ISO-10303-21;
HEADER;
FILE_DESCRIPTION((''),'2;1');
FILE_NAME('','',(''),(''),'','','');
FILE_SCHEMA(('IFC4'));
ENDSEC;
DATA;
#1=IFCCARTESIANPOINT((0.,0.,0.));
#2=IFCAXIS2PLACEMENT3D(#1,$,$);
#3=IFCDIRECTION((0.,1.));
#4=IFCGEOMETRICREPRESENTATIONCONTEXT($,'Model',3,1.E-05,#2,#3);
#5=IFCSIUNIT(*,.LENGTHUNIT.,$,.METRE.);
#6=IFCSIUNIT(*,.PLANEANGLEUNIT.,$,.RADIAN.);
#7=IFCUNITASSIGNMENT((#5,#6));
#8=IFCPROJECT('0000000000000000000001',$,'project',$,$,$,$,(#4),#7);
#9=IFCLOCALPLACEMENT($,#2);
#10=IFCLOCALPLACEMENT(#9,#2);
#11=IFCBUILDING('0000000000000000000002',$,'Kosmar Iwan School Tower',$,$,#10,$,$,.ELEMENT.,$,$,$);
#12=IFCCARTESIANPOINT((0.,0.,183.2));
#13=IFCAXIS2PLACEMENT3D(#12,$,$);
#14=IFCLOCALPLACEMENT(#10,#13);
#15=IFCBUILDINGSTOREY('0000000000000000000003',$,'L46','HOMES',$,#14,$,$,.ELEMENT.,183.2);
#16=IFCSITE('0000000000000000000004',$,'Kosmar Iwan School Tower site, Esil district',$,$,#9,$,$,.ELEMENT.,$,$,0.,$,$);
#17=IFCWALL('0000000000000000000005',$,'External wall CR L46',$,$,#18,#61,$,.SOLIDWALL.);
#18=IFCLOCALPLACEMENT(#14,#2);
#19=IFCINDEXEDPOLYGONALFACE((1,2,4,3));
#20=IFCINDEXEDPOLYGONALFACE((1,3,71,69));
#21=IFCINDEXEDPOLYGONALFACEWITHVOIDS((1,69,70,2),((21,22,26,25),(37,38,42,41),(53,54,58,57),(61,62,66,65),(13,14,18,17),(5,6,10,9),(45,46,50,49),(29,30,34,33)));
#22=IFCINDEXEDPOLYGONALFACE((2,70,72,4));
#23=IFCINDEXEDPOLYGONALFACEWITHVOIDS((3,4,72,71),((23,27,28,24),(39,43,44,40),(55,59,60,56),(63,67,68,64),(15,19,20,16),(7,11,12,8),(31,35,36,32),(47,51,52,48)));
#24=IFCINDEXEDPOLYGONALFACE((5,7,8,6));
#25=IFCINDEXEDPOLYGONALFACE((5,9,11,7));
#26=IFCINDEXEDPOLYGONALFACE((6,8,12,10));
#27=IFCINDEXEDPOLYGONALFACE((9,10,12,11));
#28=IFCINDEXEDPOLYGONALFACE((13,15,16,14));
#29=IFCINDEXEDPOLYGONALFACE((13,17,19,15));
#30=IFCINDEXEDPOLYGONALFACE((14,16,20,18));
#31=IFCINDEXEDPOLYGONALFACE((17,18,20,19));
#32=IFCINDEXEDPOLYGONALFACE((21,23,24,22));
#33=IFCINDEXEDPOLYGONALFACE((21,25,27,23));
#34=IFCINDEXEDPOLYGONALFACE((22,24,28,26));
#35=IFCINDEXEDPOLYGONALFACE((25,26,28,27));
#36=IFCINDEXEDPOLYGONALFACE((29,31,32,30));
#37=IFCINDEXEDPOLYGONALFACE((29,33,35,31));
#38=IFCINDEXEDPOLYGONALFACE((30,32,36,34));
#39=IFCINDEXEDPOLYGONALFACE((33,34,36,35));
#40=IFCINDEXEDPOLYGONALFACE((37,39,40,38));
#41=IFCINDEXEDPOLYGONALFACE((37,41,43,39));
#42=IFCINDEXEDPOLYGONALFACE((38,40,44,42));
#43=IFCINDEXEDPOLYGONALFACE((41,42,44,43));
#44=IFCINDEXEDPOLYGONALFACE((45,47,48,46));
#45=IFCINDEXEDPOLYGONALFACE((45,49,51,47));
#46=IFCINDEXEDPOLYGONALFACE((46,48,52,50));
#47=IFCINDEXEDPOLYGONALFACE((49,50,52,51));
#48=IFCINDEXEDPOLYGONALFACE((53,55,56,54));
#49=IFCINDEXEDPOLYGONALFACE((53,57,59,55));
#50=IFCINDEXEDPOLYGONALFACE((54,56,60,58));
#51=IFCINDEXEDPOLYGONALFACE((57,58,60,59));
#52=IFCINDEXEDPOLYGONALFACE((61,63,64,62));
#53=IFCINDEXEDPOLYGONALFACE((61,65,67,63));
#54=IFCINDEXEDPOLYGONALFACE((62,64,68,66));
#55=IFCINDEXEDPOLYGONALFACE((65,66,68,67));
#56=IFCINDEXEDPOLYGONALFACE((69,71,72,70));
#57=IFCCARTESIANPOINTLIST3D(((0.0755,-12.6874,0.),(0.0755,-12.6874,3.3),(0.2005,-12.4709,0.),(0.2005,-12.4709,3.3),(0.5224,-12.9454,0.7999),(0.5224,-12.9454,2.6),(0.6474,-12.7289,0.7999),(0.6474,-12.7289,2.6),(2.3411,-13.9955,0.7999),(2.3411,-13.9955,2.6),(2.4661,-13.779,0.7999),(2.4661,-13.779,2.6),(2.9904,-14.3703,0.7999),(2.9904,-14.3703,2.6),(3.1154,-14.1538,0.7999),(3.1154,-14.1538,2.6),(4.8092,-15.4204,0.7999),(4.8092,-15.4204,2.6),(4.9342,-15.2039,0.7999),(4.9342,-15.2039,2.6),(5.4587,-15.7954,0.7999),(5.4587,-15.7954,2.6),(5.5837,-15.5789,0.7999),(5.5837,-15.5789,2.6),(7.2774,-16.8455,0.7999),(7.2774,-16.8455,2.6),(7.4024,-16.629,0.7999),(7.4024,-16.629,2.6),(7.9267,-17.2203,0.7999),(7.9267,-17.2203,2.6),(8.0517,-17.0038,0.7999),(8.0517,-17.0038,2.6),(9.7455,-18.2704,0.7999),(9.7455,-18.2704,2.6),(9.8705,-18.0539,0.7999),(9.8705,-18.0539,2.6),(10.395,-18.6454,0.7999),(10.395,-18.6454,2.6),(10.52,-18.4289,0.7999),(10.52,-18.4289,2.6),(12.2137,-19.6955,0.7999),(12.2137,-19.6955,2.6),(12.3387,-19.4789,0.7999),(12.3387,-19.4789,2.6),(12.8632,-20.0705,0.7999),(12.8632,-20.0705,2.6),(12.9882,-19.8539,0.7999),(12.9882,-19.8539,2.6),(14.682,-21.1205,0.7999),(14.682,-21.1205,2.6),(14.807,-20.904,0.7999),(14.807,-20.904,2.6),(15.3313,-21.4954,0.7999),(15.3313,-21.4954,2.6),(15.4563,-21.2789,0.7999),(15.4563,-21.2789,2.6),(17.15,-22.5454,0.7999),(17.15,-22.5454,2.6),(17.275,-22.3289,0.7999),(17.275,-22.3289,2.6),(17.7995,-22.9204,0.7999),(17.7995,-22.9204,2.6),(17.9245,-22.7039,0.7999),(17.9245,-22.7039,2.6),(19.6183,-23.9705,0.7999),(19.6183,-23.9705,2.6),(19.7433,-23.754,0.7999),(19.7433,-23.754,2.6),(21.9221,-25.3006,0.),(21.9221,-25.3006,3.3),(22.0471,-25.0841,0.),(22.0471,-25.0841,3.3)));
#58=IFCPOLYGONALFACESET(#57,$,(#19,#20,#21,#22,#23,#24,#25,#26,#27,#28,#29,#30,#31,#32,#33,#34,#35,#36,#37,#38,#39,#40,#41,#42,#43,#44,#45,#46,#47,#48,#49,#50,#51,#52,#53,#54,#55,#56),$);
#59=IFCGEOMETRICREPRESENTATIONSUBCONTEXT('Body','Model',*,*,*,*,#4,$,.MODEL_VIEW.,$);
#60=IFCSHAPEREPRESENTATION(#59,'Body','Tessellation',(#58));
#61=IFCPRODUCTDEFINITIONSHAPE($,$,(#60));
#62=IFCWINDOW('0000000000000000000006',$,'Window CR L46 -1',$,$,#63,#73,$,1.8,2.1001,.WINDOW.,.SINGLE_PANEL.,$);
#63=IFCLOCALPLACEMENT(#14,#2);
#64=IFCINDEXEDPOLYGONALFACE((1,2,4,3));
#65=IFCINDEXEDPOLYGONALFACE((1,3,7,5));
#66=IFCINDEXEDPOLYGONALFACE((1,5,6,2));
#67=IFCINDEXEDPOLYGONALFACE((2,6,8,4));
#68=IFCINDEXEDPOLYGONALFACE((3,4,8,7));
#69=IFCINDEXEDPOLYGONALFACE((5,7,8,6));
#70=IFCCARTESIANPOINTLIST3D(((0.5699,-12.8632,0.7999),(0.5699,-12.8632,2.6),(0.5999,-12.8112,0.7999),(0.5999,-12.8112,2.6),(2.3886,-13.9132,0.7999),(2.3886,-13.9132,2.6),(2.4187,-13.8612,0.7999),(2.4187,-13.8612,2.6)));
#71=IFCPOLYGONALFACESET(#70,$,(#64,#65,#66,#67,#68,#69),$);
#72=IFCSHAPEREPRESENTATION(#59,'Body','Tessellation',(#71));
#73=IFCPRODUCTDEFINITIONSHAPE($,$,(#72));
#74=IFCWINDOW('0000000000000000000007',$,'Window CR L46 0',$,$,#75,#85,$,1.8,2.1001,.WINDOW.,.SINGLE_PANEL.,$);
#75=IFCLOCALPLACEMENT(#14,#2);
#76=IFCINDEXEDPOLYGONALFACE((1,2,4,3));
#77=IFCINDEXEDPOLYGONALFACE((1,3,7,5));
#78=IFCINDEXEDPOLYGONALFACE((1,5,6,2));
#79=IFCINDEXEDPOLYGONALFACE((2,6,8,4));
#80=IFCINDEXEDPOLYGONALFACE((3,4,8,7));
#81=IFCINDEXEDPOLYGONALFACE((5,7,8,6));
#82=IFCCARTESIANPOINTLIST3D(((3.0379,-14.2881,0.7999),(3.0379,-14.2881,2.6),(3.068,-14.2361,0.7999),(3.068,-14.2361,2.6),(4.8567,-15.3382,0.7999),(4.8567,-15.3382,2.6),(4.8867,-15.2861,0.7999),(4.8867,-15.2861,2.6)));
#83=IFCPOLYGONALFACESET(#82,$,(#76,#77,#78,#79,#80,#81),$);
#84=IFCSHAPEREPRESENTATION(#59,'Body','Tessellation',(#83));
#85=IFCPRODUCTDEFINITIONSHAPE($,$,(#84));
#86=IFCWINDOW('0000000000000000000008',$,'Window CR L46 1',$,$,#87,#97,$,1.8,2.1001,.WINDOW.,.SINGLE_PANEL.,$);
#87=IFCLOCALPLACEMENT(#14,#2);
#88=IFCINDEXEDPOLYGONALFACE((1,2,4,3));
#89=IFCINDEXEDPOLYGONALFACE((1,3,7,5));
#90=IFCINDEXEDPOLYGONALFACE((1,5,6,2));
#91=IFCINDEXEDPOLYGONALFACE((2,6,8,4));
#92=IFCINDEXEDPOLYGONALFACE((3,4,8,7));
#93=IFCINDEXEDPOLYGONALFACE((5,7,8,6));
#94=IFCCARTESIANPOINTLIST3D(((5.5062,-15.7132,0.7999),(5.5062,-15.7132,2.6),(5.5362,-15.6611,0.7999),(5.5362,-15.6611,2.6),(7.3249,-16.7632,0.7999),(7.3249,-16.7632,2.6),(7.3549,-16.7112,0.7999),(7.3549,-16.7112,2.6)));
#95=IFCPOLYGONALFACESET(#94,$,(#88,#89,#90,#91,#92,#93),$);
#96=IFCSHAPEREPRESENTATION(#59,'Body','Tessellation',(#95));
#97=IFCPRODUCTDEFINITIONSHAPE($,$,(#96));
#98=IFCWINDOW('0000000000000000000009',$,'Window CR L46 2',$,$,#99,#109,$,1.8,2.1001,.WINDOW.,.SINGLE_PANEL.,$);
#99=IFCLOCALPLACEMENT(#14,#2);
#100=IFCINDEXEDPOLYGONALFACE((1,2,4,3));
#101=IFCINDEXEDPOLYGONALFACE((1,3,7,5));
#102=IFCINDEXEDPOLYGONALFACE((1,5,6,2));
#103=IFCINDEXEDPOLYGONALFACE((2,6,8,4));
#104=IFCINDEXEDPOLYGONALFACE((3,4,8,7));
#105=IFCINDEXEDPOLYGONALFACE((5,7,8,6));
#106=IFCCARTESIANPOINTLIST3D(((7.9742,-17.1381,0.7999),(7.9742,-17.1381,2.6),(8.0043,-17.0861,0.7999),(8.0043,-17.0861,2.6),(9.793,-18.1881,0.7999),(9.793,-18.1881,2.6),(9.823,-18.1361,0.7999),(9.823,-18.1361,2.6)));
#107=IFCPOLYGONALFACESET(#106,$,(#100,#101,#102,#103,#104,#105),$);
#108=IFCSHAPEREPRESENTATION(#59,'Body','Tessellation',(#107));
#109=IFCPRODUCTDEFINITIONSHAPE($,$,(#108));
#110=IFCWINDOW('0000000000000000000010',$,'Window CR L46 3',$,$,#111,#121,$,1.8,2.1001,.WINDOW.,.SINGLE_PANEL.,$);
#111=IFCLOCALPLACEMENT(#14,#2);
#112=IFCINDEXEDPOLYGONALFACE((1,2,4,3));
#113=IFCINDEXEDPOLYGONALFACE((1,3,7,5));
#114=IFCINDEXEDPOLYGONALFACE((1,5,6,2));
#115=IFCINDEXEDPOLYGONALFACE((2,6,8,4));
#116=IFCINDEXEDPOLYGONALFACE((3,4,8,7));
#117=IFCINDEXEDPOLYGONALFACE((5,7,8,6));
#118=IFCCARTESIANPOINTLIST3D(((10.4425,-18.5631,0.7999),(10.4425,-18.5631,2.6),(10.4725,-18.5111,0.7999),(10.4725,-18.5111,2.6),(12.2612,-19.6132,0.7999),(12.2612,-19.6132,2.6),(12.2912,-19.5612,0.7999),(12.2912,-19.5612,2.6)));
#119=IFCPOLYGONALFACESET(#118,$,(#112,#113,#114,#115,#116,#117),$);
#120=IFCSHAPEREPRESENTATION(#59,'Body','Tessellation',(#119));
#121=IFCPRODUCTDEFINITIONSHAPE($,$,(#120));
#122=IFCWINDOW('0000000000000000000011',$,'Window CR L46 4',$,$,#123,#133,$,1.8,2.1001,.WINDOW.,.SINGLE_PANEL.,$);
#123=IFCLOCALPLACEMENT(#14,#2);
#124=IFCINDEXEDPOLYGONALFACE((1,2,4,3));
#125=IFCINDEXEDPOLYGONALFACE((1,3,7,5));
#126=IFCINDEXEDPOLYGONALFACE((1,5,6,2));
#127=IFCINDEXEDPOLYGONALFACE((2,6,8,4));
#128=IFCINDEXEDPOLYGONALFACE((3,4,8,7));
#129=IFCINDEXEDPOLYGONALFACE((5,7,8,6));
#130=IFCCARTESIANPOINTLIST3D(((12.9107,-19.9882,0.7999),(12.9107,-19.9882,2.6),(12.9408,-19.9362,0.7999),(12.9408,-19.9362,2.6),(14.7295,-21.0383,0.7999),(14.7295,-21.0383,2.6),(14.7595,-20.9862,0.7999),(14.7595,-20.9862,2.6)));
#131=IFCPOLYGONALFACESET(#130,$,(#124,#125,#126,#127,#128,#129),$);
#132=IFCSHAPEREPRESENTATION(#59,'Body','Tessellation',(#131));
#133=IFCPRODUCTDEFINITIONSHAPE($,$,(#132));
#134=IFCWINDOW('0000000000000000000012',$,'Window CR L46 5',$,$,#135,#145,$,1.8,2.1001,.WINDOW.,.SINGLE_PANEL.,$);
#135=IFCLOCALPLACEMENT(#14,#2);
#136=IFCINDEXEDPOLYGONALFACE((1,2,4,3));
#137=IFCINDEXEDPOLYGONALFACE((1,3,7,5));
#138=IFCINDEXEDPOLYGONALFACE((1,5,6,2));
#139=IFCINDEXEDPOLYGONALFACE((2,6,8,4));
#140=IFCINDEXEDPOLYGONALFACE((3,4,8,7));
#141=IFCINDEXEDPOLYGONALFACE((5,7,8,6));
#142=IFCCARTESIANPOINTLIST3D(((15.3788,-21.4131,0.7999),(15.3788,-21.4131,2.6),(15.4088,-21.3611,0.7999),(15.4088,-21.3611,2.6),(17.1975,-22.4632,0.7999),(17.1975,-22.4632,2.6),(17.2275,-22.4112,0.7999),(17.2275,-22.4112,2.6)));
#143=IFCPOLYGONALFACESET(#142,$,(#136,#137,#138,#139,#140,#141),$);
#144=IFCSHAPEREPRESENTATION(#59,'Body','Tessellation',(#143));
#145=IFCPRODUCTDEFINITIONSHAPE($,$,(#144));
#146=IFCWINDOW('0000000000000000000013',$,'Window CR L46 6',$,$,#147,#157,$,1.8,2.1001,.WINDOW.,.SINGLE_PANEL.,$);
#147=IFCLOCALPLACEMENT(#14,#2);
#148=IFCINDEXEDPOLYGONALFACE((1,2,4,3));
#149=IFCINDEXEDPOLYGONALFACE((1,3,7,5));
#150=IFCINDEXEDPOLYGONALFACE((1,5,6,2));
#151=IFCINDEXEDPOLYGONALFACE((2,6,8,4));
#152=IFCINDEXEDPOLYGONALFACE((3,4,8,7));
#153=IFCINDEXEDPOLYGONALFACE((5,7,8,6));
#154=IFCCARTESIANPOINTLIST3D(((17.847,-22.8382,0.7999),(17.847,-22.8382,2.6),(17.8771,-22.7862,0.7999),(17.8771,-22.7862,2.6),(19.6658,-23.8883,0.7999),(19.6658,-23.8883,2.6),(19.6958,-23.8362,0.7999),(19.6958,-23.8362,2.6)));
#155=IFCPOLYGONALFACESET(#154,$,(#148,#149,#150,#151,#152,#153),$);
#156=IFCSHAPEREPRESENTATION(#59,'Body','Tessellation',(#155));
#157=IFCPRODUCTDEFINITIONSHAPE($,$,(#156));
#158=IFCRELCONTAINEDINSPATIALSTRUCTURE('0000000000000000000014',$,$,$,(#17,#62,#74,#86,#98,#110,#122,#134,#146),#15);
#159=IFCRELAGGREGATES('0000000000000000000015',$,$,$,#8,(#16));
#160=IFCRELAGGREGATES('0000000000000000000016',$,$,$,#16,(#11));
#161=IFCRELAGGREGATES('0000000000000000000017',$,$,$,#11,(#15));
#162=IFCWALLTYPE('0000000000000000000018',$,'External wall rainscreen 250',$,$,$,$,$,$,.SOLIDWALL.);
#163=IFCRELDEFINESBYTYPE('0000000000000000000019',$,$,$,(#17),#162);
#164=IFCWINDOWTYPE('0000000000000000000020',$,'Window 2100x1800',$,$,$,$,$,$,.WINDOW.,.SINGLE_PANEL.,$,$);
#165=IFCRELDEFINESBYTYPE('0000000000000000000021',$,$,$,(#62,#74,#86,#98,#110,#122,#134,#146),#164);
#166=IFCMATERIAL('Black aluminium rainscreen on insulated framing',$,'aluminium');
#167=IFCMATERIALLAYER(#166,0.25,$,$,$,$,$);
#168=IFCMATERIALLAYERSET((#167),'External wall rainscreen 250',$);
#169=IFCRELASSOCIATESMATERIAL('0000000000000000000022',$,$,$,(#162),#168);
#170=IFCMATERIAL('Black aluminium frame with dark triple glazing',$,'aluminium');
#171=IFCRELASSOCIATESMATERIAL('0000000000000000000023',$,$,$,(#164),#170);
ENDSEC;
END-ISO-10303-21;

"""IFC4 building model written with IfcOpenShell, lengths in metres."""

from ifc_helpers import new_model, si_unit, direction, frame, frame_2d, origin, place, context, subcontext, project, spatial, rectangle, extrude, material, layer, layer_set, type_object, element, fill, save


model = new_model("IFC4")

# Units and contexts
model_context = context("Model", 3, precision=1e-05, world=origin(), true_north=direction((0.0, 1.0)))
body_context = subcontext(model_context, "Body", "Model", "MODEL_VIEW")
ifc_project = project(units=[si_unit("LENGTHUNIT", "METRE"), si_unit("PLANEANGLEUNIT", "RADIAN")], contexts=[model_context])

# Site, building, storey
site_placement = place(None, origin())
site = spatial("IfcSite", under=ifc_project, at=site_placement, Name="Kosmar Iwan School Tower site, Esil district", CompositionType="ELEMENT", RefElevation=0.0)
building_placement = place(site_placement, origin())
building = spatial("IfcBuilding", under=site, at=building_placement, Name="Kosmar Iwan School Tower", CompositionType="ELEMENT")
storey_placement = place(building_placement, frame((0.0, 0.0, 183.2)))
storey = spatial("IfcBuildingStorey", under=building, at=storey_placement, Name="L46", Description="HOMES", CompositionType="ELEMENT", Elevation=183.2)

# Wall, openings, windows
ifc_material_1 = material(Name="Black aluminium rainscreen on insulated framing", Category="aluminium")
ifc_layer = layer(ifc_material_1, 0.25)
ifc_layer_set = layer_set([ifc_layer], Name="External wall rainscreen 250")
wall_type = type_object("IfcWallType", Name="External wall rainscreen 250", PredefinedType="SOLIDWALL", material=ifc_layer_set)
wall_placement = place(storey_placement, frame((0.1379, -12.5791, 0.0), z_axis=(0.0, 0.0, 1.0), x_axis=(0.866024, -0.500003, 0.0)))
wall = element("IfcWall", 1, at=wall_placement, inside=storey, type_object=wall_type, Name="External wall CR L46", PredefinedType="SOLIDWALL", context=body_context, shape_type="SweptSolid", body=[
    extrude(rectangle(XDim=25.2263, YDim=0.25, at=frame_2d((12.6133, 0.0))), origin(), (0.0, 0.0, 1.0), 3.3),
])
opening_1_placement = place(wall_placement, frame((0.5161, 0.0, 0.8)))
opening_1 = element("IfcOpeningElement", 2, at=opening_1_placement, cuts=wall, PredefinedType="OPENING", context=body_context, shape_type="SweptSolid", body=[
    extrude(rectangle(XDim=2.1001, YDim=1.8, at=frame_2d((1.05, 0.8999))), frame((0.0, 0.137, 0.0), z_axis=(0.0, -1.0, 0.0), x_axis=(1.0, 0.0, 0.0)), (0.0, 0.0, 1.0), 0.2739),
])
opening_2_placement = place(wall_placement, frame((3.366, 0.0, 0.8)))
opening_2 = element("IfcOpeningElement", 3, at=opening_2_placement, cuts=wall, PredefinedType="OPENING", context=body_context, shape_type="SweptSolid", body=[
    extrude(rectangle(XDim=2.1001, YDim=1.8, at=frame_2d((1.05, 0.8999))), frame((0.0, 0.137, 0.0), z_axis=(0.0, -1.0, 0.0), x_axis=(1.0, 0.0, 0.0)), (0.0, 0.0, 1.0), 0.2739),
])
opening_3_placement = place(wall_placement, frame((6.2161, 0.0, 0.8)))
opening_3 = element("IfcOpeningElement", 4, at=opening_3_placement, cuts=wall, PredefinedType="OPENING", context=body_context, shape_type="SweptSolid", body=[
    extrude(rectangle(XDim=2.1001, YDim=1.8, at=frame_2d((1.05, 0.8999))), frame((0.0, 0.137, 0.0), z_axis=(0.0, -1.0, 0.0), x_axis=(1.0, 0.0, 0.0)), (0.0, 0.0, 1.0), 0.2739),
])
opening_4_placement = place(wall_placement, frame((9.0659, 0.0, 0.8)))
opening_4 = element("IfcOpeningElement", 5, at=opening_4_placement, cuts=wall, PredefinedType="OPENING", context=body_context, shape_type="SweptSolid", body=[
    extrude(rectangle(XDim=2.1001, YDim=1.8, at=frame_2d((1.05, 0.8999))), frame((0.0, 0.137, 0.0), z_axis=(0.0, -1.0, 0.0), x_axis=(1.0, 0.0, 0.0)), (0.0, 0.0, 1.0), 0.2739),
])
opening_5_placement = place(wall_placement, frame((11.916, 0.0, 0.8)))
opening_5 = element("IfcOpeningElement", 6, at=opening_5_placement, cuts=wall, PredefinedType="OPENING", context=body_context, shape_type="SweptSolid", body=[
    extrude(rectangle(XDim=2.1001, YDim=1.8, at=frame_2d((1.05, 0.8999))), frame((0.0, 0.137, 0.0), z_axis=(0.0, -1.0, 0.0), x_axis=(1.0, 0.0, 0.0)), (0.0, 0.0, 1.0), 0.2739),
])
opening_6_placement = place(wall_placement, frame((14.7661, 0.0, 0.8)))
opening_6 = element("IfcOpeningElement", 7, at=opening_6_placement, cuts=wall, PredefinedType="OPENING", context=body_context, shape_type="SweptSolid", body=[
    extrude(rectangle(XDim=2.1001, YDim=1.8, at=frame_2d((1.05, 0.8999))), frame((0.0, 0.137, 0.0), z_axis=(0.0, -1.0, 0.0), x_axis=(1.0, 0.0, 0.0)), (0.0, 0.0, 1.0), 0.2739),
])
opening_7_placement = place(wall_placement, frame((17.616, 0.0, 0.8)))
opening_7 = element("IfcOpeningElement", 8, at=opening_7_placement, cuts=wall, PredefinedType="OPENING", context=body_context, shape_type="SweptSolid", body=[
    extrude(rectangle(XDim=2.1001, YDim=1.8, at=frame_2d((1.05, 0.8999))), frame((0.0, 0.137, 0.0), z_axis=(0.0, -1.0, 0.0), x_axis=(1.0, 0.0, 0.0)), (0.0, 0.0, 1.0), 0.2739),
])
opening_8_placement = place(wall_placement, frame((20.4661, 0.0, 0.8)))
opening_8 = element("IfcOpeningElement", 9, at=opening_8_placement, cuts=wall, PredefinedType="OPENING", context=body_context, shape_type="SweptSolid", body=[
    extrude(rectangle(XDim=2.1001, YDim=1.8, at=frame_2d((1.05, 0.8999))), frame((0.0, 0.137, 0.0), z_axis=(0.0, -1.0, 0.0), x_axis=(1.0, 0.0, 0.0)), (0.0, 0.0, 1.0), 0.2739),
])
ifc_material_2 = material(Name="Black aluminium frame with dark triple glazing", Category="aluminium")
window_type = type_object("IfcWindowType", Name="Window 2100x1800", PartitioningType="SINGLE_PANEL", PredefinedType="WINDOW", material=ifc_material_2)
window_1_placement = place(opening_1_placement, origin())
window_1 = element("IfcWindow", 10, at=window_1_placement, inside=storey, type_object=window_type, Name="Window CR L46 -1", OverallHeight=1.8, OverallWidth=2.1001, PartitioningType="SINGLE_PANEL", PredefinedType="WINDOW", context=body_context, shape_type="SweptSolid", body=[
    extrude(rectangle(XDim=2.1001, YDim=1.8, at=frame_2d((1.05, 0.8999))), frame((0.0, 0.03, 0.0), z_axis=(0.0, -1.0, 0.0), x_axis=(1.0, 0.0, 0.0)), (0.0, 0.0, 1.0), 0.0601),
])
fill(opening_1, window_1)
window_2_placement = place(opening_2_placement, origin())
window_2 = element("IfcWindow", 11, at=window_2_placement, inside=storey, type_object=window_type, Name="Window CR L46 0", OverallHeight=1.8, OverallWidth=2.1001, PartitioningType="SINGLE_PANEL", PredefinedType="WINDOW", context=body_context, shape_type="SweptSolid", body=[
    extrude(rectangle(XDim=2.1001, YDim=1.8, at=frame_2d((1.05, 0.8999))), frame((0.0, 0.03, 0.0), z_axis=(0.0, -1.0, 0.0), x_axis=(1.0, 0.0, 0.0)), (0.0, 0.0, 1.0), 0.0601),
])
fill(opening_2, window_2)
window_3_placement = place(opening_3_placement, origin())
window_3 = element("IfcWindow", 12, at=window_3_placement, inside=storey, type_object=window_type, Name="Window CR L46 1", OverallHeight=1.8, OverallWidth=2.1001, PartitioningType="SINGLE_PANEL", PredefinedType="WINDOW", context=body_context, shape_type="SweptSolid", body=[
    extrude(rectangle(XDim=2.1001, YDim=1.8, at=frame_2d((1.05, 0.8999))), frame((0.0, 0.03, 0.0), z_axis=(0.0, -1.0, 0.0), x_axis=(1.0, 0.0, 0.0)), (0.0, 0.0, 1.0), 0.0601),
])
fill(opening_3, window_3)
window_4_placement = place(opening_4_placement, origin())
window_4 = element("IfcWindow", 13, at=window_4_placement, inside=storey, type_object=window_type, Name="Window CR L46 2", OverallHeight=1.8, OverallWidth=2.1001, PartitioningType="SINGLE_PANEL", PredefinedType="WINDOW", context=body_context, shape_type="SweptSolid", body=[
    extrude(rectangle(XDim=2.1001, YDim=1.8, at=frame_2d((1.05, 0.8999))), frame((0.0, 0.03, 0.0), z_axis=(0.0, -1.0, 0.0), x_axis=(1.0, 0.0, 0.0)), (0.0, 0.0, 1.0), 0.0601),
])
fill(opening_4, window_4)
window_5_placement = place(opening_5_placement, origin())
window_5 = element("IfcWindow", 14, at=window_5_placement, inside=storey, type_object=window_type, Name="Window CR L46 3", OverallHeight=1.8, OverallWidth=2.1001, PartitioningType="SINGLE_PANEL", PredefinedType="WINDOW", context=body_context, shape_type="SweptSolid", body=[
    extrude(rectangle(XDim=2.1001, YDim=1.8, at=frame_2d((1.05, 0.8999))), frame((0.0, 0.03, 0.0), z_axis=(0.0, -1.0, 0.0), x_axis=(1.0, 0.0, 0.0)), (0.0, 0.0, 1.0), 0.0601),
])
fill(opening_5, window_5)
window_6_placement = place(opening_6_placement, origin())
window_6 = element("IfcWindow", 15, at=window_6_placement, inside=storey, type_object=window_type, Name="Window CR L46 4", OverallHeight=1.8, OverallWidth=2.1001, PartitioningType="SINGLE_PANEL", PredefinedType="WINDOW", context=body_context, shape_type="SweptSolid", body=[
    extrude(rectangle(XDim=2.1001, YDim=1.8, at=frame_2d((1.05, 0.8999))), frame((0.0, 0.03, 0.0), z_axis=(0.0, -1.0, 0.0), x_axis=(1.0, 0.0, 0.0)), (0.0, 0.0, 1.0), 0.0601),
])
fill(opening_6, window_6)
window_7_placement = place(opening_7_placement, origin())
window_7 = element("IfcWindow", 16, at=window_7_placement, inside=storey, type_object=window_type, Name="Window CR L46 5", OverallHeight=1.8, OverallWidth=2.1001, PartitioningType="SINGLE_PANEL", PredefinedType="WINDOW", context=body_context, shape_type="SweptSolid", body=[
    extrude(rectangle(XDim=2.1001, YDim=1.8, at=frame_2d((1.05, 0.8999))), frame((0.0, 0.03, 0.0), z_axis=(0.0, -1.0, 0.0), x_axis=(1.0, 0.0, 0.0)), (0.0, 0.0, 1.0), 0.0601),
])
fill(opening_7, window_7)
window_8_placement = place(opening_8_placement, origin())
window_8 = element("IfcWindow", 17, at=window_8_placement, inside=storey, type_object=window_type, Name="Window CR L46 6", OverallHeight=1.8, OverallWidth=2.1001, PartitioningType="SINGLE_PANEL", PredefinedType="WINDOW", context=body_context, shape_type="SweptSolid", body=[
    extrude(rectangle(XDim=2.1001, YDim=1.8, at=frame_2d((1.05, 0.8999))), frame((0.0, 0.03, 0.0), z_axis=(0.0, -1.0, 0.0), x_axis=(1.0, 0.0, 0.0)), (0.0, 0.0, 1.0), 0.0601),
])
fill(opening_8, window_8)

save(model, "model.ifc")
